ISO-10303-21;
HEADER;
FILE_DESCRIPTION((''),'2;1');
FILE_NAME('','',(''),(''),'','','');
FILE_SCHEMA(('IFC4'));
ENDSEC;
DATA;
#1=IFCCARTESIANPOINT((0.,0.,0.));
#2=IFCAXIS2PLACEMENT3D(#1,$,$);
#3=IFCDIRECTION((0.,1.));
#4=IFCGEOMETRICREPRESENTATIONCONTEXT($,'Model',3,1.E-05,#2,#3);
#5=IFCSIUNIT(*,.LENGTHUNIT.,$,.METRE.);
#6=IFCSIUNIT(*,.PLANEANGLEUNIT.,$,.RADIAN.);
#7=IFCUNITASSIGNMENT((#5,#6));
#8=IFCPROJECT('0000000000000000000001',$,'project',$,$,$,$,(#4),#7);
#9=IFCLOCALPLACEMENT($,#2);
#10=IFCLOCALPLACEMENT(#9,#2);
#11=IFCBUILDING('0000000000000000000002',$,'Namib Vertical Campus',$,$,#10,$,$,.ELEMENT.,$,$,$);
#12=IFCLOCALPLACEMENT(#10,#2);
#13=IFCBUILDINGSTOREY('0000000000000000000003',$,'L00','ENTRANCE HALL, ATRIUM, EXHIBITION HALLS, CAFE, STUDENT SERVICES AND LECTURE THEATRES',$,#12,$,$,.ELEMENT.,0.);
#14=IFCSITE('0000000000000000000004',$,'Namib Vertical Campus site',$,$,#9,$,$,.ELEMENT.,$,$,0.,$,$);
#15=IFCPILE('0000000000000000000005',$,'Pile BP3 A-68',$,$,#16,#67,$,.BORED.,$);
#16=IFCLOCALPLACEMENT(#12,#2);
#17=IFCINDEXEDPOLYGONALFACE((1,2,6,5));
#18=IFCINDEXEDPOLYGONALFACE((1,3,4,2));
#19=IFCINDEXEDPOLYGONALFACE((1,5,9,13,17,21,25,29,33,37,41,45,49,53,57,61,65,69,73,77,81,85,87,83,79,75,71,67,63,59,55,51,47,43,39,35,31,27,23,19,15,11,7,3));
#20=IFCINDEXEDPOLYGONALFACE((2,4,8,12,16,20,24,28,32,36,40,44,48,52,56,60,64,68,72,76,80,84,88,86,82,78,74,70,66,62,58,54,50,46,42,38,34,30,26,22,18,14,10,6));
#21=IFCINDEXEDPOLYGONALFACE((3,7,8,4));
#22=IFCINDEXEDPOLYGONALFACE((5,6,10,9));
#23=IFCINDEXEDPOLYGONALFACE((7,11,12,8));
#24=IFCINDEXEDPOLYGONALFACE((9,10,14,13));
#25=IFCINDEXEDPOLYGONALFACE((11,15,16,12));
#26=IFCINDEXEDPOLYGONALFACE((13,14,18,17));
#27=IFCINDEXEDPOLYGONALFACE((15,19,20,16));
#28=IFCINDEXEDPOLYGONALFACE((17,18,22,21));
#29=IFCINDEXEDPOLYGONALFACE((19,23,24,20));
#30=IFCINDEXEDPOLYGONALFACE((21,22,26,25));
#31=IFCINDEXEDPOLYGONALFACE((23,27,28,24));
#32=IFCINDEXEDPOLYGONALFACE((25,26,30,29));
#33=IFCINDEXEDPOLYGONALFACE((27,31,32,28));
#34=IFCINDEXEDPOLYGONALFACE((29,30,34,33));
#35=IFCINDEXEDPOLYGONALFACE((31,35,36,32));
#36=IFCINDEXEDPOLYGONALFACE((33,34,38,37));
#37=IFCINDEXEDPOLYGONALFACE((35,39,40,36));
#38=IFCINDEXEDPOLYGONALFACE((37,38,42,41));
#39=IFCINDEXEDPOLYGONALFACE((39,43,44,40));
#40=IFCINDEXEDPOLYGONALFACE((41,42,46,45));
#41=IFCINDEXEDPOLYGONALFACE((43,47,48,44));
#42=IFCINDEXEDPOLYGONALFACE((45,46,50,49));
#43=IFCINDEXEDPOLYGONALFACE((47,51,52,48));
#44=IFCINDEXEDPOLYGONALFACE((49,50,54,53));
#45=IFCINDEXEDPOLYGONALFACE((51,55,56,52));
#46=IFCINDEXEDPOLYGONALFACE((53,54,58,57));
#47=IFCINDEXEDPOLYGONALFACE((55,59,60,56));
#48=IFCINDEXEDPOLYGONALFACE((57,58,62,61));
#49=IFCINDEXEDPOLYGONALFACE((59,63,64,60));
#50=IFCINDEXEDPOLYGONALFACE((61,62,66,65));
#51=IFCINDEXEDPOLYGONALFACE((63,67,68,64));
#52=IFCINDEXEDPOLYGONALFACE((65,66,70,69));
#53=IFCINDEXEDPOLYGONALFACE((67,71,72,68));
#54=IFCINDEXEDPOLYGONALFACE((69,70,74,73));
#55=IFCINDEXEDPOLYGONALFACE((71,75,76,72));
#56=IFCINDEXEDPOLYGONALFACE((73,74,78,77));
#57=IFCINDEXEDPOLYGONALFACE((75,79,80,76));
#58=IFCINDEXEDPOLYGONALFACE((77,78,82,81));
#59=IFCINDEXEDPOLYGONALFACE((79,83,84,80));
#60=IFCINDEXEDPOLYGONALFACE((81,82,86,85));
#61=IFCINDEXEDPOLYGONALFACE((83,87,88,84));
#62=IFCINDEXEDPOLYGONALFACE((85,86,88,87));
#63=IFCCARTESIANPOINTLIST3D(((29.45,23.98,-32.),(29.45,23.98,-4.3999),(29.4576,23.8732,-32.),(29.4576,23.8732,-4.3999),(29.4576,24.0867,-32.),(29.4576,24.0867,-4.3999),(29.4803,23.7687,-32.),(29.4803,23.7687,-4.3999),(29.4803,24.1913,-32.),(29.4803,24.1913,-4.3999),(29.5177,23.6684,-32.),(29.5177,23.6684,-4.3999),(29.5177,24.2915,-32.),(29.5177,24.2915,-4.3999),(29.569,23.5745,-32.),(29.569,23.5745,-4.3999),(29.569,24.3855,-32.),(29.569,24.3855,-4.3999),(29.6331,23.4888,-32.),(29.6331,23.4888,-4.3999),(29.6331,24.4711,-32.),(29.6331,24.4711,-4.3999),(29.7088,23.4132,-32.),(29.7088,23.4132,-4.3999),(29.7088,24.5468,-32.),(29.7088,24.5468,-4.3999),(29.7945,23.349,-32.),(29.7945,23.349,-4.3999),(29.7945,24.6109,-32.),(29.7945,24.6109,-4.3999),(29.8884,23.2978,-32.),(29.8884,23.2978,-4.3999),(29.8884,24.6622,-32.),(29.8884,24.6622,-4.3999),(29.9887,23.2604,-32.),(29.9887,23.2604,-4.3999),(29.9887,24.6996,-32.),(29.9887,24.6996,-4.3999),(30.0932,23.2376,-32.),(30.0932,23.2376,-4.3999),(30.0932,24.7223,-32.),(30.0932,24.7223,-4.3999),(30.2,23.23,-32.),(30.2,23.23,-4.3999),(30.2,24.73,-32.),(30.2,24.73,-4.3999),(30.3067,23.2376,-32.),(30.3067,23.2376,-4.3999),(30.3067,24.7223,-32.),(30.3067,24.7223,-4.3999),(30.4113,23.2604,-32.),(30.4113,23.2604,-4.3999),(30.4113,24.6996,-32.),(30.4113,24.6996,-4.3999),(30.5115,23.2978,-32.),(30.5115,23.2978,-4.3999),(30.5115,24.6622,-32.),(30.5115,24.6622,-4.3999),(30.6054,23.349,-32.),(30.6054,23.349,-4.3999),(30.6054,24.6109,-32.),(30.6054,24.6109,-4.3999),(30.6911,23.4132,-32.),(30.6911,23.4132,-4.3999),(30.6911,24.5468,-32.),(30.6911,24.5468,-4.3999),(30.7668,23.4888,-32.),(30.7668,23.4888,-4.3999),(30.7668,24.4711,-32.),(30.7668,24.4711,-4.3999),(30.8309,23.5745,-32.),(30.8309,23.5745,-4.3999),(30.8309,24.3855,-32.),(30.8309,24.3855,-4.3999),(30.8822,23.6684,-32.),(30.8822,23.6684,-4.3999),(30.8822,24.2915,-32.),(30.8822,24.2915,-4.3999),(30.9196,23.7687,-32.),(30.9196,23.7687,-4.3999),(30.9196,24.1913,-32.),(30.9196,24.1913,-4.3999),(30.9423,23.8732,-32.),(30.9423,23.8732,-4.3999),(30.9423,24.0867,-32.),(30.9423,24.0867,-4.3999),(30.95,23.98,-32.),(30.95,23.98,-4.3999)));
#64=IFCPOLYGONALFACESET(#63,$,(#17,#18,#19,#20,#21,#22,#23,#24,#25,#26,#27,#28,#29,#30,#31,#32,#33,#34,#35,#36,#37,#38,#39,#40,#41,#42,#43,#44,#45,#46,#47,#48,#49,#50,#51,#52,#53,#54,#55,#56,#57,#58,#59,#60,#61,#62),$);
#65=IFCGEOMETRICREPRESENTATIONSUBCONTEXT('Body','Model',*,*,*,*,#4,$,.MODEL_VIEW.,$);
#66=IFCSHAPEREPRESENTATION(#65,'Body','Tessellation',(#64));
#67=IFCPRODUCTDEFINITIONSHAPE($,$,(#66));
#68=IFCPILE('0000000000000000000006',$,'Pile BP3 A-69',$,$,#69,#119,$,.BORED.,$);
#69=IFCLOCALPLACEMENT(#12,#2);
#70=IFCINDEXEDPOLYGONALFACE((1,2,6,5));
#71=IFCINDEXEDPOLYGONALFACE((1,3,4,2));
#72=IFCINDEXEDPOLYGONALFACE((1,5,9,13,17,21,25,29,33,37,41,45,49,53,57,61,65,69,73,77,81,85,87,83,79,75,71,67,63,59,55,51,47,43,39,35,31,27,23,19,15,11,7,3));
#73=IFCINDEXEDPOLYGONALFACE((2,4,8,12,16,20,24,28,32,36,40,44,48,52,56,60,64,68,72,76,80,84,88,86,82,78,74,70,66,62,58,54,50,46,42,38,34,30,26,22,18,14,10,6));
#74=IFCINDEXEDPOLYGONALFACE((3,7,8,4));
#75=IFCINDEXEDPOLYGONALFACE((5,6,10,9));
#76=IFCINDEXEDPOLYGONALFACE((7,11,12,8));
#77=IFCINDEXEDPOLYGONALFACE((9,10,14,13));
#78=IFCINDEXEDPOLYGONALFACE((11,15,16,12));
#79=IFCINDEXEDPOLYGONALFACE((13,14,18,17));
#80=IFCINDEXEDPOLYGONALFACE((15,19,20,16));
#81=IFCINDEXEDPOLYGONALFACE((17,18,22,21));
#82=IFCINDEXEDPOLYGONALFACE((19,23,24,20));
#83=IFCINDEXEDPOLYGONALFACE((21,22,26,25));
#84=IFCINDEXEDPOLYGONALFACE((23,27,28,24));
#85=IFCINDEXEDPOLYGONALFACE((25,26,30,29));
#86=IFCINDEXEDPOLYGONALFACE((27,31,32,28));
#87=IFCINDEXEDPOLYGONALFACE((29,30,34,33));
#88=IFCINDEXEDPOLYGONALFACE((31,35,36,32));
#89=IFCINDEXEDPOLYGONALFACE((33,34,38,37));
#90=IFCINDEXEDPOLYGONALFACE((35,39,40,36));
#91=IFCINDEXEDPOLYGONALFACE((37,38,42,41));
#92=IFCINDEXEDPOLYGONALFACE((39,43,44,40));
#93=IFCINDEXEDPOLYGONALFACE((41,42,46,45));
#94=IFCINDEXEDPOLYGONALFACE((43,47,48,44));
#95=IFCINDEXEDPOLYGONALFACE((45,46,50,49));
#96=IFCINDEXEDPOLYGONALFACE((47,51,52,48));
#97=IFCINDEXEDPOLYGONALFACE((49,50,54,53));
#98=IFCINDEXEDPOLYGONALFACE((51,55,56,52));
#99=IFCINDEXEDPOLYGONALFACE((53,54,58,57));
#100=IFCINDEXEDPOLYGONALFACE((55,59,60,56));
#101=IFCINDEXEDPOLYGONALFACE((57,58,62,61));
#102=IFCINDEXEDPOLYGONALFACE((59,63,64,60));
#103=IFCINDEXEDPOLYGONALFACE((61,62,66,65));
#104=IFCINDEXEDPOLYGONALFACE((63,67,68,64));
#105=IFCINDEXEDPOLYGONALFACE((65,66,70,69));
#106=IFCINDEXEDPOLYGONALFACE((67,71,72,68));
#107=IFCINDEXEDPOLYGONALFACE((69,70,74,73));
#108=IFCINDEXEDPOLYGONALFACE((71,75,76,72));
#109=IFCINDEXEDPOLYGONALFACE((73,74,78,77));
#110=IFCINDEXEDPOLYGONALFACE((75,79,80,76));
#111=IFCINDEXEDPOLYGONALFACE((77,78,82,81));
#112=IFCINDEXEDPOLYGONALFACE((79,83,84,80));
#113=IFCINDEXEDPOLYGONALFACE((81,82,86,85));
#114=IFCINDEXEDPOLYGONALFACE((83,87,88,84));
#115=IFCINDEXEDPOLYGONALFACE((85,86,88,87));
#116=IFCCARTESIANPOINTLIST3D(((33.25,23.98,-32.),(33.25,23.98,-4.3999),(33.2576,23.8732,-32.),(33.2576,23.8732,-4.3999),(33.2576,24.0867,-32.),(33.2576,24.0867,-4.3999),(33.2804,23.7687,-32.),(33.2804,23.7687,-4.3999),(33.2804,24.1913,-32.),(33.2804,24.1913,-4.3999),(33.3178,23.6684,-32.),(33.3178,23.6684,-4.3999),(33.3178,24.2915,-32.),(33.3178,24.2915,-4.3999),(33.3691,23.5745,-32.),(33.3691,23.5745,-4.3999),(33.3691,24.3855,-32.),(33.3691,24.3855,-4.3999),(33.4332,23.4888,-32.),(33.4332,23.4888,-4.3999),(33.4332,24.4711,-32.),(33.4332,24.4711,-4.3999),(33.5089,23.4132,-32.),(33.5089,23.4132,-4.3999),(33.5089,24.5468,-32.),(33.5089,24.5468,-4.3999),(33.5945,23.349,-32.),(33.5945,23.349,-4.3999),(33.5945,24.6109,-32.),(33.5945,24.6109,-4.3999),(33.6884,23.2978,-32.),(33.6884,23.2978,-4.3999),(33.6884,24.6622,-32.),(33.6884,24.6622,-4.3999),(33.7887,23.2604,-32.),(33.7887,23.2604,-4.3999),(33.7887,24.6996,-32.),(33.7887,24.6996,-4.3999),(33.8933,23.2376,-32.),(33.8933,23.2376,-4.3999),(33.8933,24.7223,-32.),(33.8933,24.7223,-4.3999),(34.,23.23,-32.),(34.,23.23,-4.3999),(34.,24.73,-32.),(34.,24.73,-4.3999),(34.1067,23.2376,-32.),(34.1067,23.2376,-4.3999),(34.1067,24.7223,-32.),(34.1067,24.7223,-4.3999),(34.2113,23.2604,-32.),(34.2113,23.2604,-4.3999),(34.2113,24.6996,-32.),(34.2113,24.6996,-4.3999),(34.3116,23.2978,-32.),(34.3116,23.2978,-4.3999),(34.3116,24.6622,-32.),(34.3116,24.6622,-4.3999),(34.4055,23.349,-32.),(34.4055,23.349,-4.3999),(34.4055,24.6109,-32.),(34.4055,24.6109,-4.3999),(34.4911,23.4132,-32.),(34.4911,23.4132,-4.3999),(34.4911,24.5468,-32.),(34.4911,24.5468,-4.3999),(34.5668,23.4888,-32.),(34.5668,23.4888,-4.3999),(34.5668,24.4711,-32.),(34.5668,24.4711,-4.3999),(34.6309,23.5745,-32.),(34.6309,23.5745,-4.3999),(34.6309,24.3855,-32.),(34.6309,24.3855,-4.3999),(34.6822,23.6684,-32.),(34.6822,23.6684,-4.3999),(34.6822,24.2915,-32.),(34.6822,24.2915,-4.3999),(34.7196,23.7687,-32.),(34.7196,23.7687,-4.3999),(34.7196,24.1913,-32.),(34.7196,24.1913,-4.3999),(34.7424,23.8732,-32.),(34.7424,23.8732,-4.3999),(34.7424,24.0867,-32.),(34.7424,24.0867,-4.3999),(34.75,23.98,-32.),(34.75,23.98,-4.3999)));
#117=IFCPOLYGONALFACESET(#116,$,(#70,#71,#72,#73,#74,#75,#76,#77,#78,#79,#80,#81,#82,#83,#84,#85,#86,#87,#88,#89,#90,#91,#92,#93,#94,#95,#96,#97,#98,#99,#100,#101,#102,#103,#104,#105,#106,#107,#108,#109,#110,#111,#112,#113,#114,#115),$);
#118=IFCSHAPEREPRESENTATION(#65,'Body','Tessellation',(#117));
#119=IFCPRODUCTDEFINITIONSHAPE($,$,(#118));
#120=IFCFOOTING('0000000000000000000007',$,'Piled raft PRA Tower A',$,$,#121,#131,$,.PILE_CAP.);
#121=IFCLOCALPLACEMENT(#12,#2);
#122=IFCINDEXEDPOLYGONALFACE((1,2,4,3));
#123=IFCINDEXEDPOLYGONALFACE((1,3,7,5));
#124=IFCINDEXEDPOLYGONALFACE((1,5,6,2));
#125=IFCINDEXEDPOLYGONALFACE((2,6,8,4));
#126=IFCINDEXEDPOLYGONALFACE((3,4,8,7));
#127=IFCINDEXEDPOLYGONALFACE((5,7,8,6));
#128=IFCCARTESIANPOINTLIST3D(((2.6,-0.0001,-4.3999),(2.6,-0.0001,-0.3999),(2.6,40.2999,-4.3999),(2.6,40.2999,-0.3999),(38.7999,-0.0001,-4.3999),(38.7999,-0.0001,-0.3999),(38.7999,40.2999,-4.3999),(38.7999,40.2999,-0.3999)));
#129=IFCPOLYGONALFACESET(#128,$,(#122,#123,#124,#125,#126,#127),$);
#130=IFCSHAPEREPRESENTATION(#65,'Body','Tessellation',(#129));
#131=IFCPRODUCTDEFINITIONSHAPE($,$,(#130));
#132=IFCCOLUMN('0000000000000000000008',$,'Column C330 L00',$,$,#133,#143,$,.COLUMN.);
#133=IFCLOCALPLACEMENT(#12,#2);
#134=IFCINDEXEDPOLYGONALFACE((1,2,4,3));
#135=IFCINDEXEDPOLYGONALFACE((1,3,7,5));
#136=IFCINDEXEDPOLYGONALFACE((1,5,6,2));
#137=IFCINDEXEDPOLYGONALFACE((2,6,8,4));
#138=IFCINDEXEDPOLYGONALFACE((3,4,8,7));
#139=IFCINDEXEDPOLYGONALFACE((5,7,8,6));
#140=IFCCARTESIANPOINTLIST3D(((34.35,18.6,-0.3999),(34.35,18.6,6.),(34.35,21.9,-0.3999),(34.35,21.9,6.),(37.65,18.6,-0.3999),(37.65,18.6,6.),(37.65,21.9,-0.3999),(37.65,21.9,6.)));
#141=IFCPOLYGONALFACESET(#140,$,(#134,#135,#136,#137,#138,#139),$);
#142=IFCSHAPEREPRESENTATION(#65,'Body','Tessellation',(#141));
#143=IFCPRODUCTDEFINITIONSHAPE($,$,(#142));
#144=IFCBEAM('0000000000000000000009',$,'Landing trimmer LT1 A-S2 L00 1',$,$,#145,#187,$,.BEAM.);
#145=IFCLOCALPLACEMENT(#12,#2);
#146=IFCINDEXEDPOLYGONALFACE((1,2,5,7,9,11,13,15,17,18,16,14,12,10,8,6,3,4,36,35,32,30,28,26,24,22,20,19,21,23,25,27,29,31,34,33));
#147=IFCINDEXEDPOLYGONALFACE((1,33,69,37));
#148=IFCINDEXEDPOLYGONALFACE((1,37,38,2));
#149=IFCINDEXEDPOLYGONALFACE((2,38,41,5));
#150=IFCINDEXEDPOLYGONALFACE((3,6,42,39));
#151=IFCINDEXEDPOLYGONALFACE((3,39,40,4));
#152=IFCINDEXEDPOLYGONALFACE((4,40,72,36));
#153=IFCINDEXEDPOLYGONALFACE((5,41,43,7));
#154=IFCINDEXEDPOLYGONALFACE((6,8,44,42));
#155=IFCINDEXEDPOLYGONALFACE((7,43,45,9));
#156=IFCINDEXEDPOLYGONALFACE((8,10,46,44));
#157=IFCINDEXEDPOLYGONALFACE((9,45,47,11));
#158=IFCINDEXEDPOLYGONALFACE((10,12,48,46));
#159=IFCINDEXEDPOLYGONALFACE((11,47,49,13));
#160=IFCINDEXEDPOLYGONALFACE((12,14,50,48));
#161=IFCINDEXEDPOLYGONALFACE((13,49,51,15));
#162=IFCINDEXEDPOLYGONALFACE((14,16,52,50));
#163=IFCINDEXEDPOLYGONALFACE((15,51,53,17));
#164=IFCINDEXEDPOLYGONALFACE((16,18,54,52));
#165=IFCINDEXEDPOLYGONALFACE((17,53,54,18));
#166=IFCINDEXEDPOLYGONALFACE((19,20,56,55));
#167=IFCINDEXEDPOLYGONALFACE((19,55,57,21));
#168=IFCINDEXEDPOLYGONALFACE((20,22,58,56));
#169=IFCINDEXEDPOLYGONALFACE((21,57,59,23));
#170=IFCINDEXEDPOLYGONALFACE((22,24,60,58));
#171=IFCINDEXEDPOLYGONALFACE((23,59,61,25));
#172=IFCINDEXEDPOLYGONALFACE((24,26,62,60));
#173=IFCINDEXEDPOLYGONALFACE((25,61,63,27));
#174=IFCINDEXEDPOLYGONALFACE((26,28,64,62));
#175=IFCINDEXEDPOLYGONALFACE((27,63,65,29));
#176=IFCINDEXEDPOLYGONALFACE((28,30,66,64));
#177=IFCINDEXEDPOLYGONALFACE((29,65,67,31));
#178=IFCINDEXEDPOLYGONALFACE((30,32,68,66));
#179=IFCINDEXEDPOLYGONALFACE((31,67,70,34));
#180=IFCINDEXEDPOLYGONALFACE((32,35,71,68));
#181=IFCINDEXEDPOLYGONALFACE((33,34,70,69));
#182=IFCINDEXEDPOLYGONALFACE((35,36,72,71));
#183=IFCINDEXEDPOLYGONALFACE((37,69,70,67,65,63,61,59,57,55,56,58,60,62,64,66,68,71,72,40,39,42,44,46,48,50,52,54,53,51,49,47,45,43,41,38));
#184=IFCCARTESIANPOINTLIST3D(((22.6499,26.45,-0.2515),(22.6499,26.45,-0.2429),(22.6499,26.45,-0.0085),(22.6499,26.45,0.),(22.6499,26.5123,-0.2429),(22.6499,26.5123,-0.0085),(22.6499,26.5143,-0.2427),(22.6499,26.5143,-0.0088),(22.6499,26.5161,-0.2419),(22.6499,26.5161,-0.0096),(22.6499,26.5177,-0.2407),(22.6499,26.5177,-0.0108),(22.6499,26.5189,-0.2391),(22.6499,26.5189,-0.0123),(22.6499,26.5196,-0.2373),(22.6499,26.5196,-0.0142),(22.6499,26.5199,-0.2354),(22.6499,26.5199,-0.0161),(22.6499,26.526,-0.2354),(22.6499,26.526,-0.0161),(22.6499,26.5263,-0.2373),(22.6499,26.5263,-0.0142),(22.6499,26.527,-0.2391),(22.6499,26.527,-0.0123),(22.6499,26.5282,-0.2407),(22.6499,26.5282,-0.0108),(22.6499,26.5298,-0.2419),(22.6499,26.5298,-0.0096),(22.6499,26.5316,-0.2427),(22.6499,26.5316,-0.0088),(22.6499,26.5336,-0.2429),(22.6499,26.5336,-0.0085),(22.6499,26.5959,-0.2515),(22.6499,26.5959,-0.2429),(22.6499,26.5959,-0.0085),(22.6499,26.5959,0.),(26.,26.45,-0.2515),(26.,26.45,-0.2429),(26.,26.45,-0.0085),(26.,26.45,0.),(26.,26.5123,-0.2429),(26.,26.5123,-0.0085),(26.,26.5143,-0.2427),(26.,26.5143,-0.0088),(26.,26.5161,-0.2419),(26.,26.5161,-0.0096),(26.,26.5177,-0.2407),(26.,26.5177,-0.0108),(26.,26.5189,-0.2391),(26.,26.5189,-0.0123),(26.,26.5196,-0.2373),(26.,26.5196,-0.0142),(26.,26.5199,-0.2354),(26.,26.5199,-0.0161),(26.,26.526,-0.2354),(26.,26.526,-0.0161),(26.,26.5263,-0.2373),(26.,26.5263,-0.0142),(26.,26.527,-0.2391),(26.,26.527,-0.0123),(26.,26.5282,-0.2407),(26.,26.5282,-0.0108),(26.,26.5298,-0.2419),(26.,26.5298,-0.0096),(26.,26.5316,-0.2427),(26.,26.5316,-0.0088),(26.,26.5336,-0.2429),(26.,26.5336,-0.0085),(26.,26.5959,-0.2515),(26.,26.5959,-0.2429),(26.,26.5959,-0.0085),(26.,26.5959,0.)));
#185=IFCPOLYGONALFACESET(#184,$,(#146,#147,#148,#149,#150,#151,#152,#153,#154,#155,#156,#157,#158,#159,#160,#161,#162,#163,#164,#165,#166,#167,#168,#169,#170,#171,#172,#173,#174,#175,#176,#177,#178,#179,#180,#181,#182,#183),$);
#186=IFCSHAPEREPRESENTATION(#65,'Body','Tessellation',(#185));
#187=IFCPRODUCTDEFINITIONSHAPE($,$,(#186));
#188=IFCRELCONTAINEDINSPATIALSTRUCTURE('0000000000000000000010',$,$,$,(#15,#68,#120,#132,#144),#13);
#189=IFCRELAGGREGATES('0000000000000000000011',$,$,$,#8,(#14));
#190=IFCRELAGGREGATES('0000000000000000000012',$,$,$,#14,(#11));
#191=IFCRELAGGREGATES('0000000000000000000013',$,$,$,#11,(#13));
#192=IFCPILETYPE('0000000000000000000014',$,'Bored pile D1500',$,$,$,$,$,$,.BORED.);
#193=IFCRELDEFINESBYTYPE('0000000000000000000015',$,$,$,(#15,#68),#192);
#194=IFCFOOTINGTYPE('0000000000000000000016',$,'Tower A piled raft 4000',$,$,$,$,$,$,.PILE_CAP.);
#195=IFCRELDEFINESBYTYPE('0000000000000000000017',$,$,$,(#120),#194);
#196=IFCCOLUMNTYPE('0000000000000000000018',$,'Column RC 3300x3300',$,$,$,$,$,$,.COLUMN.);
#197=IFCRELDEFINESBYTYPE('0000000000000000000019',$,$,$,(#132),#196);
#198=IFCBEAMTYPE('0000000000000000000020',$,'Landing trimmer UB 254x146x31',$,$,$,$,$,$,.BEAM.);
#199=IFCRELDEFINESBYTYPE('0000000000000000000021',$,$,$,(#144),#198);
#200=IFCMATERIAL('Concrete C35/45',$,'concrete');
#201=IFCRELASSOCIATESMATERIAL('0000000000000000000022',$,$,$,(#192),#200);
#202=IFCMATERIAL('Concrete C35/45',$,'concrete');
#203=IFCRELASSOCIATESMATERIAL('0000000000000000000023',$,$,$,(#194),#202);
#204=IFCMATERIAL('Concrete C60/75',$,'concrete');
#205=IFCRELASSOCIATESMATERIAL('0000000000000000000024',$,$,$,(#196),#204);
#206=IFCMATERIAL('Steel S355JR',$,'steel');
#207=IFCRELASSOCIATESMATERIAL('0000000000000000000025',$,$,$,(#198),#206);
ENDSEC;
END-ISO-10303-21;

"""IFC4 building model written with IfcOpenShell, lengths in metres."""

from ifc_helpers import new_model, si_unit, direction, frame, origin, origin_2d, place, context, subcontext, project, spatial, rectangle, circle, i_section, extrude, material, material_profile, profile_set, type_object, element, save


model = new_model("IFC4")

# Units and contexts
model_context = context("Model", 3, precision=1e-05, world=origin(), true_north=direction((0.0, 1.0)))
body_context = subcontext(model_context, "Body", "Model", "MODEL_VIEW")
ifc_project = project(units=[si_unit("LENGTHUNIT", "METRE"), si_unit("PLANEANGLEUNIT", "RADIAN")], contexts=[model_context])

# Site, building, storey
site_placement = place(None, origin())
site = spatial("IfcSite", under=ifc_project, at=site_placement, Name="Namib Vertical Campus site", CompositionType="ELEMENT", RefElevation=0.0)
building_placement = place(site_placement, origin())
building = spatial("IfcBuilding", under=site, at=building_placement, Name="Namib Vertical Campus", CompositionType="ELEMENT")
storey_placement = place(building_placement, origin())
storey = spatial("IfcBuildingStorey", under=building, at=storey_placement, Name="L00", Description="ENTRANCE HALL, ATRIUM, EXHIBITION HALLS, CAFE, STUDENT SERVICES AND LECTURE THEATRES", CompositionType="ELEMENT", Elevation=0.0)

# Piles
ifc_material_1 = material(Name="Concrete C35/45", Category="concrete")
ifc_material_profile_1 = material_profile(ifc_material_1, circle(Radius=0.75, at=origin_2d()))
ifc_profile_set_1 = profile_set([ifc_material_profile_1], Name="Concrete C35/45")
pile_type = type_object("IfcPileType", Name="Bored pile D1500", PredefinedType="BORED", material=ifc_profile_set_1)
for number, where, z_axis, x_axis, name in (
    (1, (30.2, 23.98, -4.3999), (0.0, 0.0, -1.0), (1.0, 0.0, 0.0), "Pile BP3 A-68"),
    (2, (34.0, 23.98, -4.3999), (0.0, 0.0, -1.0), (1.0, 0.0, 0.0), "Pile BP3 A-69"),
):
    element("IfcPile", number, at=place(storey_placement, frame(where, z_axis=z_axis, x_axis=x_axis)), inside=storey, type_object=pile_type, Name=name, PredefinedType="BORED", context=body_context, shape_type="SweptSolid", body=[
        extrude(circle(Radius=0.75, at=origin_2d()), origin(), (0.0, 0.0, 1.0), 27.6001),
    ])

# Footing
ifc_material_2 = material(Name="Concrete C35/45", Category="concrete")
footing_type = type_object("IfcFootingType", Name="Tower A piled raft 4000", PredefinedType="PILE_CAP", material=ifc_material_2)
footing_placement = place(storey_placement, frame((20.7, 20.1499, -4.3999), z_axis=(0.0, 0.0, 1.0), x_axis=(1.0, 0.0, 0.0)))
element("IfcFooting", 3, at=footing_placement, inside=storey, type_object=footing_type, Name="Piled raft PRA Tower A", PredefinedType="PILE_CAP", context=body_context, shape_type="SweptSolid", body=[
    extrude(rectangle(XDim=36.2, YDim=40.3, at=origin_2d()), origin(), (0.0, 0.0, 1.0), 4.0),
])

# Column
ifc_material_3 = material(Name="Concrete C60/75", Category="concrete")
ifc_material_profile_2 = material_profile(ifc_material_3, rectangle(XDim=3.3, YDim=3.3, at=origin_2d()))
ifc_profile_set_2 = profile_set([ifc_material_profile_2], Name="Concrete C60/75")
column_type = type_object("IfcColumnType", Name="Column RC 3300x3300", PredefinedType="COLUMN", material=ifc_profile_set_2)
column_placement = place(storey_placement, frame((36.0, 20.25, -0.3999), z_axis=(0.0, 0.0, 1.0), x_axis=(1.0, 0.0, 0.0)))
element("IfcColumn", 4, at=column_placement, inside=storey, type_object=column_type, Name="Column C330 L00", PredefinedType="COLUMN", context=body_context, shape_type="SweptSolid", body=[
    extrude(rectangle(XDim=3.3, YDim=3.3, at=origin_2d()), origin(), (0.0, 0.0, 1.0), 6.3999),
])

# Beam
ifc_material_4 = material(Name="Steel S355JR", Category="steel")
ifc_material_profile_3 = material_profile(ifc_material_4, i_section(OverallWidth=0.146, OverallDepth=0.2515, WebThickness=0.0061, FlangeThickness=0.0085, FilletRadius=0.0076, at=origin_2d()))
ifc_profile_set_3 = profile_set([ifc_material_profile_3], Name="Steel S355JR")
beam_type = type_object("IfcBeamType", Name="Landing trimmer UB 254x146x31", PredefinedType="BEAM", material=ifc_profile_set_3)
for number, where, z_axis, x_axis, name in (
    (5, (22.6499, 26.5229, -0.1257), (1.0, 0.0, 0.0), (0.0, 1.0, 0.0), "Landing trimmer LT1 A-S2 L00 1"),
):
    element("IfcBeam", number, at=place(storey_placement, frame(where, z_axis=z_axis, x_axis=x_axis)), inside=storey, type_object=beam_type, Name=name, PredefinedType="BEAM", context=body_context, shape_type="SweptSolid", body=[
        extrude(i_section(OverallWidth=0.146, OverallDepth=0.2515, WebThickness=0.0061, FlangeThickness=0.0085, FilletRadius=0.0076, at=origin_2d()), origin(), (0.0, 0.0, 1.0), 3.3501),
    ])

save(model, "model.ifc")
